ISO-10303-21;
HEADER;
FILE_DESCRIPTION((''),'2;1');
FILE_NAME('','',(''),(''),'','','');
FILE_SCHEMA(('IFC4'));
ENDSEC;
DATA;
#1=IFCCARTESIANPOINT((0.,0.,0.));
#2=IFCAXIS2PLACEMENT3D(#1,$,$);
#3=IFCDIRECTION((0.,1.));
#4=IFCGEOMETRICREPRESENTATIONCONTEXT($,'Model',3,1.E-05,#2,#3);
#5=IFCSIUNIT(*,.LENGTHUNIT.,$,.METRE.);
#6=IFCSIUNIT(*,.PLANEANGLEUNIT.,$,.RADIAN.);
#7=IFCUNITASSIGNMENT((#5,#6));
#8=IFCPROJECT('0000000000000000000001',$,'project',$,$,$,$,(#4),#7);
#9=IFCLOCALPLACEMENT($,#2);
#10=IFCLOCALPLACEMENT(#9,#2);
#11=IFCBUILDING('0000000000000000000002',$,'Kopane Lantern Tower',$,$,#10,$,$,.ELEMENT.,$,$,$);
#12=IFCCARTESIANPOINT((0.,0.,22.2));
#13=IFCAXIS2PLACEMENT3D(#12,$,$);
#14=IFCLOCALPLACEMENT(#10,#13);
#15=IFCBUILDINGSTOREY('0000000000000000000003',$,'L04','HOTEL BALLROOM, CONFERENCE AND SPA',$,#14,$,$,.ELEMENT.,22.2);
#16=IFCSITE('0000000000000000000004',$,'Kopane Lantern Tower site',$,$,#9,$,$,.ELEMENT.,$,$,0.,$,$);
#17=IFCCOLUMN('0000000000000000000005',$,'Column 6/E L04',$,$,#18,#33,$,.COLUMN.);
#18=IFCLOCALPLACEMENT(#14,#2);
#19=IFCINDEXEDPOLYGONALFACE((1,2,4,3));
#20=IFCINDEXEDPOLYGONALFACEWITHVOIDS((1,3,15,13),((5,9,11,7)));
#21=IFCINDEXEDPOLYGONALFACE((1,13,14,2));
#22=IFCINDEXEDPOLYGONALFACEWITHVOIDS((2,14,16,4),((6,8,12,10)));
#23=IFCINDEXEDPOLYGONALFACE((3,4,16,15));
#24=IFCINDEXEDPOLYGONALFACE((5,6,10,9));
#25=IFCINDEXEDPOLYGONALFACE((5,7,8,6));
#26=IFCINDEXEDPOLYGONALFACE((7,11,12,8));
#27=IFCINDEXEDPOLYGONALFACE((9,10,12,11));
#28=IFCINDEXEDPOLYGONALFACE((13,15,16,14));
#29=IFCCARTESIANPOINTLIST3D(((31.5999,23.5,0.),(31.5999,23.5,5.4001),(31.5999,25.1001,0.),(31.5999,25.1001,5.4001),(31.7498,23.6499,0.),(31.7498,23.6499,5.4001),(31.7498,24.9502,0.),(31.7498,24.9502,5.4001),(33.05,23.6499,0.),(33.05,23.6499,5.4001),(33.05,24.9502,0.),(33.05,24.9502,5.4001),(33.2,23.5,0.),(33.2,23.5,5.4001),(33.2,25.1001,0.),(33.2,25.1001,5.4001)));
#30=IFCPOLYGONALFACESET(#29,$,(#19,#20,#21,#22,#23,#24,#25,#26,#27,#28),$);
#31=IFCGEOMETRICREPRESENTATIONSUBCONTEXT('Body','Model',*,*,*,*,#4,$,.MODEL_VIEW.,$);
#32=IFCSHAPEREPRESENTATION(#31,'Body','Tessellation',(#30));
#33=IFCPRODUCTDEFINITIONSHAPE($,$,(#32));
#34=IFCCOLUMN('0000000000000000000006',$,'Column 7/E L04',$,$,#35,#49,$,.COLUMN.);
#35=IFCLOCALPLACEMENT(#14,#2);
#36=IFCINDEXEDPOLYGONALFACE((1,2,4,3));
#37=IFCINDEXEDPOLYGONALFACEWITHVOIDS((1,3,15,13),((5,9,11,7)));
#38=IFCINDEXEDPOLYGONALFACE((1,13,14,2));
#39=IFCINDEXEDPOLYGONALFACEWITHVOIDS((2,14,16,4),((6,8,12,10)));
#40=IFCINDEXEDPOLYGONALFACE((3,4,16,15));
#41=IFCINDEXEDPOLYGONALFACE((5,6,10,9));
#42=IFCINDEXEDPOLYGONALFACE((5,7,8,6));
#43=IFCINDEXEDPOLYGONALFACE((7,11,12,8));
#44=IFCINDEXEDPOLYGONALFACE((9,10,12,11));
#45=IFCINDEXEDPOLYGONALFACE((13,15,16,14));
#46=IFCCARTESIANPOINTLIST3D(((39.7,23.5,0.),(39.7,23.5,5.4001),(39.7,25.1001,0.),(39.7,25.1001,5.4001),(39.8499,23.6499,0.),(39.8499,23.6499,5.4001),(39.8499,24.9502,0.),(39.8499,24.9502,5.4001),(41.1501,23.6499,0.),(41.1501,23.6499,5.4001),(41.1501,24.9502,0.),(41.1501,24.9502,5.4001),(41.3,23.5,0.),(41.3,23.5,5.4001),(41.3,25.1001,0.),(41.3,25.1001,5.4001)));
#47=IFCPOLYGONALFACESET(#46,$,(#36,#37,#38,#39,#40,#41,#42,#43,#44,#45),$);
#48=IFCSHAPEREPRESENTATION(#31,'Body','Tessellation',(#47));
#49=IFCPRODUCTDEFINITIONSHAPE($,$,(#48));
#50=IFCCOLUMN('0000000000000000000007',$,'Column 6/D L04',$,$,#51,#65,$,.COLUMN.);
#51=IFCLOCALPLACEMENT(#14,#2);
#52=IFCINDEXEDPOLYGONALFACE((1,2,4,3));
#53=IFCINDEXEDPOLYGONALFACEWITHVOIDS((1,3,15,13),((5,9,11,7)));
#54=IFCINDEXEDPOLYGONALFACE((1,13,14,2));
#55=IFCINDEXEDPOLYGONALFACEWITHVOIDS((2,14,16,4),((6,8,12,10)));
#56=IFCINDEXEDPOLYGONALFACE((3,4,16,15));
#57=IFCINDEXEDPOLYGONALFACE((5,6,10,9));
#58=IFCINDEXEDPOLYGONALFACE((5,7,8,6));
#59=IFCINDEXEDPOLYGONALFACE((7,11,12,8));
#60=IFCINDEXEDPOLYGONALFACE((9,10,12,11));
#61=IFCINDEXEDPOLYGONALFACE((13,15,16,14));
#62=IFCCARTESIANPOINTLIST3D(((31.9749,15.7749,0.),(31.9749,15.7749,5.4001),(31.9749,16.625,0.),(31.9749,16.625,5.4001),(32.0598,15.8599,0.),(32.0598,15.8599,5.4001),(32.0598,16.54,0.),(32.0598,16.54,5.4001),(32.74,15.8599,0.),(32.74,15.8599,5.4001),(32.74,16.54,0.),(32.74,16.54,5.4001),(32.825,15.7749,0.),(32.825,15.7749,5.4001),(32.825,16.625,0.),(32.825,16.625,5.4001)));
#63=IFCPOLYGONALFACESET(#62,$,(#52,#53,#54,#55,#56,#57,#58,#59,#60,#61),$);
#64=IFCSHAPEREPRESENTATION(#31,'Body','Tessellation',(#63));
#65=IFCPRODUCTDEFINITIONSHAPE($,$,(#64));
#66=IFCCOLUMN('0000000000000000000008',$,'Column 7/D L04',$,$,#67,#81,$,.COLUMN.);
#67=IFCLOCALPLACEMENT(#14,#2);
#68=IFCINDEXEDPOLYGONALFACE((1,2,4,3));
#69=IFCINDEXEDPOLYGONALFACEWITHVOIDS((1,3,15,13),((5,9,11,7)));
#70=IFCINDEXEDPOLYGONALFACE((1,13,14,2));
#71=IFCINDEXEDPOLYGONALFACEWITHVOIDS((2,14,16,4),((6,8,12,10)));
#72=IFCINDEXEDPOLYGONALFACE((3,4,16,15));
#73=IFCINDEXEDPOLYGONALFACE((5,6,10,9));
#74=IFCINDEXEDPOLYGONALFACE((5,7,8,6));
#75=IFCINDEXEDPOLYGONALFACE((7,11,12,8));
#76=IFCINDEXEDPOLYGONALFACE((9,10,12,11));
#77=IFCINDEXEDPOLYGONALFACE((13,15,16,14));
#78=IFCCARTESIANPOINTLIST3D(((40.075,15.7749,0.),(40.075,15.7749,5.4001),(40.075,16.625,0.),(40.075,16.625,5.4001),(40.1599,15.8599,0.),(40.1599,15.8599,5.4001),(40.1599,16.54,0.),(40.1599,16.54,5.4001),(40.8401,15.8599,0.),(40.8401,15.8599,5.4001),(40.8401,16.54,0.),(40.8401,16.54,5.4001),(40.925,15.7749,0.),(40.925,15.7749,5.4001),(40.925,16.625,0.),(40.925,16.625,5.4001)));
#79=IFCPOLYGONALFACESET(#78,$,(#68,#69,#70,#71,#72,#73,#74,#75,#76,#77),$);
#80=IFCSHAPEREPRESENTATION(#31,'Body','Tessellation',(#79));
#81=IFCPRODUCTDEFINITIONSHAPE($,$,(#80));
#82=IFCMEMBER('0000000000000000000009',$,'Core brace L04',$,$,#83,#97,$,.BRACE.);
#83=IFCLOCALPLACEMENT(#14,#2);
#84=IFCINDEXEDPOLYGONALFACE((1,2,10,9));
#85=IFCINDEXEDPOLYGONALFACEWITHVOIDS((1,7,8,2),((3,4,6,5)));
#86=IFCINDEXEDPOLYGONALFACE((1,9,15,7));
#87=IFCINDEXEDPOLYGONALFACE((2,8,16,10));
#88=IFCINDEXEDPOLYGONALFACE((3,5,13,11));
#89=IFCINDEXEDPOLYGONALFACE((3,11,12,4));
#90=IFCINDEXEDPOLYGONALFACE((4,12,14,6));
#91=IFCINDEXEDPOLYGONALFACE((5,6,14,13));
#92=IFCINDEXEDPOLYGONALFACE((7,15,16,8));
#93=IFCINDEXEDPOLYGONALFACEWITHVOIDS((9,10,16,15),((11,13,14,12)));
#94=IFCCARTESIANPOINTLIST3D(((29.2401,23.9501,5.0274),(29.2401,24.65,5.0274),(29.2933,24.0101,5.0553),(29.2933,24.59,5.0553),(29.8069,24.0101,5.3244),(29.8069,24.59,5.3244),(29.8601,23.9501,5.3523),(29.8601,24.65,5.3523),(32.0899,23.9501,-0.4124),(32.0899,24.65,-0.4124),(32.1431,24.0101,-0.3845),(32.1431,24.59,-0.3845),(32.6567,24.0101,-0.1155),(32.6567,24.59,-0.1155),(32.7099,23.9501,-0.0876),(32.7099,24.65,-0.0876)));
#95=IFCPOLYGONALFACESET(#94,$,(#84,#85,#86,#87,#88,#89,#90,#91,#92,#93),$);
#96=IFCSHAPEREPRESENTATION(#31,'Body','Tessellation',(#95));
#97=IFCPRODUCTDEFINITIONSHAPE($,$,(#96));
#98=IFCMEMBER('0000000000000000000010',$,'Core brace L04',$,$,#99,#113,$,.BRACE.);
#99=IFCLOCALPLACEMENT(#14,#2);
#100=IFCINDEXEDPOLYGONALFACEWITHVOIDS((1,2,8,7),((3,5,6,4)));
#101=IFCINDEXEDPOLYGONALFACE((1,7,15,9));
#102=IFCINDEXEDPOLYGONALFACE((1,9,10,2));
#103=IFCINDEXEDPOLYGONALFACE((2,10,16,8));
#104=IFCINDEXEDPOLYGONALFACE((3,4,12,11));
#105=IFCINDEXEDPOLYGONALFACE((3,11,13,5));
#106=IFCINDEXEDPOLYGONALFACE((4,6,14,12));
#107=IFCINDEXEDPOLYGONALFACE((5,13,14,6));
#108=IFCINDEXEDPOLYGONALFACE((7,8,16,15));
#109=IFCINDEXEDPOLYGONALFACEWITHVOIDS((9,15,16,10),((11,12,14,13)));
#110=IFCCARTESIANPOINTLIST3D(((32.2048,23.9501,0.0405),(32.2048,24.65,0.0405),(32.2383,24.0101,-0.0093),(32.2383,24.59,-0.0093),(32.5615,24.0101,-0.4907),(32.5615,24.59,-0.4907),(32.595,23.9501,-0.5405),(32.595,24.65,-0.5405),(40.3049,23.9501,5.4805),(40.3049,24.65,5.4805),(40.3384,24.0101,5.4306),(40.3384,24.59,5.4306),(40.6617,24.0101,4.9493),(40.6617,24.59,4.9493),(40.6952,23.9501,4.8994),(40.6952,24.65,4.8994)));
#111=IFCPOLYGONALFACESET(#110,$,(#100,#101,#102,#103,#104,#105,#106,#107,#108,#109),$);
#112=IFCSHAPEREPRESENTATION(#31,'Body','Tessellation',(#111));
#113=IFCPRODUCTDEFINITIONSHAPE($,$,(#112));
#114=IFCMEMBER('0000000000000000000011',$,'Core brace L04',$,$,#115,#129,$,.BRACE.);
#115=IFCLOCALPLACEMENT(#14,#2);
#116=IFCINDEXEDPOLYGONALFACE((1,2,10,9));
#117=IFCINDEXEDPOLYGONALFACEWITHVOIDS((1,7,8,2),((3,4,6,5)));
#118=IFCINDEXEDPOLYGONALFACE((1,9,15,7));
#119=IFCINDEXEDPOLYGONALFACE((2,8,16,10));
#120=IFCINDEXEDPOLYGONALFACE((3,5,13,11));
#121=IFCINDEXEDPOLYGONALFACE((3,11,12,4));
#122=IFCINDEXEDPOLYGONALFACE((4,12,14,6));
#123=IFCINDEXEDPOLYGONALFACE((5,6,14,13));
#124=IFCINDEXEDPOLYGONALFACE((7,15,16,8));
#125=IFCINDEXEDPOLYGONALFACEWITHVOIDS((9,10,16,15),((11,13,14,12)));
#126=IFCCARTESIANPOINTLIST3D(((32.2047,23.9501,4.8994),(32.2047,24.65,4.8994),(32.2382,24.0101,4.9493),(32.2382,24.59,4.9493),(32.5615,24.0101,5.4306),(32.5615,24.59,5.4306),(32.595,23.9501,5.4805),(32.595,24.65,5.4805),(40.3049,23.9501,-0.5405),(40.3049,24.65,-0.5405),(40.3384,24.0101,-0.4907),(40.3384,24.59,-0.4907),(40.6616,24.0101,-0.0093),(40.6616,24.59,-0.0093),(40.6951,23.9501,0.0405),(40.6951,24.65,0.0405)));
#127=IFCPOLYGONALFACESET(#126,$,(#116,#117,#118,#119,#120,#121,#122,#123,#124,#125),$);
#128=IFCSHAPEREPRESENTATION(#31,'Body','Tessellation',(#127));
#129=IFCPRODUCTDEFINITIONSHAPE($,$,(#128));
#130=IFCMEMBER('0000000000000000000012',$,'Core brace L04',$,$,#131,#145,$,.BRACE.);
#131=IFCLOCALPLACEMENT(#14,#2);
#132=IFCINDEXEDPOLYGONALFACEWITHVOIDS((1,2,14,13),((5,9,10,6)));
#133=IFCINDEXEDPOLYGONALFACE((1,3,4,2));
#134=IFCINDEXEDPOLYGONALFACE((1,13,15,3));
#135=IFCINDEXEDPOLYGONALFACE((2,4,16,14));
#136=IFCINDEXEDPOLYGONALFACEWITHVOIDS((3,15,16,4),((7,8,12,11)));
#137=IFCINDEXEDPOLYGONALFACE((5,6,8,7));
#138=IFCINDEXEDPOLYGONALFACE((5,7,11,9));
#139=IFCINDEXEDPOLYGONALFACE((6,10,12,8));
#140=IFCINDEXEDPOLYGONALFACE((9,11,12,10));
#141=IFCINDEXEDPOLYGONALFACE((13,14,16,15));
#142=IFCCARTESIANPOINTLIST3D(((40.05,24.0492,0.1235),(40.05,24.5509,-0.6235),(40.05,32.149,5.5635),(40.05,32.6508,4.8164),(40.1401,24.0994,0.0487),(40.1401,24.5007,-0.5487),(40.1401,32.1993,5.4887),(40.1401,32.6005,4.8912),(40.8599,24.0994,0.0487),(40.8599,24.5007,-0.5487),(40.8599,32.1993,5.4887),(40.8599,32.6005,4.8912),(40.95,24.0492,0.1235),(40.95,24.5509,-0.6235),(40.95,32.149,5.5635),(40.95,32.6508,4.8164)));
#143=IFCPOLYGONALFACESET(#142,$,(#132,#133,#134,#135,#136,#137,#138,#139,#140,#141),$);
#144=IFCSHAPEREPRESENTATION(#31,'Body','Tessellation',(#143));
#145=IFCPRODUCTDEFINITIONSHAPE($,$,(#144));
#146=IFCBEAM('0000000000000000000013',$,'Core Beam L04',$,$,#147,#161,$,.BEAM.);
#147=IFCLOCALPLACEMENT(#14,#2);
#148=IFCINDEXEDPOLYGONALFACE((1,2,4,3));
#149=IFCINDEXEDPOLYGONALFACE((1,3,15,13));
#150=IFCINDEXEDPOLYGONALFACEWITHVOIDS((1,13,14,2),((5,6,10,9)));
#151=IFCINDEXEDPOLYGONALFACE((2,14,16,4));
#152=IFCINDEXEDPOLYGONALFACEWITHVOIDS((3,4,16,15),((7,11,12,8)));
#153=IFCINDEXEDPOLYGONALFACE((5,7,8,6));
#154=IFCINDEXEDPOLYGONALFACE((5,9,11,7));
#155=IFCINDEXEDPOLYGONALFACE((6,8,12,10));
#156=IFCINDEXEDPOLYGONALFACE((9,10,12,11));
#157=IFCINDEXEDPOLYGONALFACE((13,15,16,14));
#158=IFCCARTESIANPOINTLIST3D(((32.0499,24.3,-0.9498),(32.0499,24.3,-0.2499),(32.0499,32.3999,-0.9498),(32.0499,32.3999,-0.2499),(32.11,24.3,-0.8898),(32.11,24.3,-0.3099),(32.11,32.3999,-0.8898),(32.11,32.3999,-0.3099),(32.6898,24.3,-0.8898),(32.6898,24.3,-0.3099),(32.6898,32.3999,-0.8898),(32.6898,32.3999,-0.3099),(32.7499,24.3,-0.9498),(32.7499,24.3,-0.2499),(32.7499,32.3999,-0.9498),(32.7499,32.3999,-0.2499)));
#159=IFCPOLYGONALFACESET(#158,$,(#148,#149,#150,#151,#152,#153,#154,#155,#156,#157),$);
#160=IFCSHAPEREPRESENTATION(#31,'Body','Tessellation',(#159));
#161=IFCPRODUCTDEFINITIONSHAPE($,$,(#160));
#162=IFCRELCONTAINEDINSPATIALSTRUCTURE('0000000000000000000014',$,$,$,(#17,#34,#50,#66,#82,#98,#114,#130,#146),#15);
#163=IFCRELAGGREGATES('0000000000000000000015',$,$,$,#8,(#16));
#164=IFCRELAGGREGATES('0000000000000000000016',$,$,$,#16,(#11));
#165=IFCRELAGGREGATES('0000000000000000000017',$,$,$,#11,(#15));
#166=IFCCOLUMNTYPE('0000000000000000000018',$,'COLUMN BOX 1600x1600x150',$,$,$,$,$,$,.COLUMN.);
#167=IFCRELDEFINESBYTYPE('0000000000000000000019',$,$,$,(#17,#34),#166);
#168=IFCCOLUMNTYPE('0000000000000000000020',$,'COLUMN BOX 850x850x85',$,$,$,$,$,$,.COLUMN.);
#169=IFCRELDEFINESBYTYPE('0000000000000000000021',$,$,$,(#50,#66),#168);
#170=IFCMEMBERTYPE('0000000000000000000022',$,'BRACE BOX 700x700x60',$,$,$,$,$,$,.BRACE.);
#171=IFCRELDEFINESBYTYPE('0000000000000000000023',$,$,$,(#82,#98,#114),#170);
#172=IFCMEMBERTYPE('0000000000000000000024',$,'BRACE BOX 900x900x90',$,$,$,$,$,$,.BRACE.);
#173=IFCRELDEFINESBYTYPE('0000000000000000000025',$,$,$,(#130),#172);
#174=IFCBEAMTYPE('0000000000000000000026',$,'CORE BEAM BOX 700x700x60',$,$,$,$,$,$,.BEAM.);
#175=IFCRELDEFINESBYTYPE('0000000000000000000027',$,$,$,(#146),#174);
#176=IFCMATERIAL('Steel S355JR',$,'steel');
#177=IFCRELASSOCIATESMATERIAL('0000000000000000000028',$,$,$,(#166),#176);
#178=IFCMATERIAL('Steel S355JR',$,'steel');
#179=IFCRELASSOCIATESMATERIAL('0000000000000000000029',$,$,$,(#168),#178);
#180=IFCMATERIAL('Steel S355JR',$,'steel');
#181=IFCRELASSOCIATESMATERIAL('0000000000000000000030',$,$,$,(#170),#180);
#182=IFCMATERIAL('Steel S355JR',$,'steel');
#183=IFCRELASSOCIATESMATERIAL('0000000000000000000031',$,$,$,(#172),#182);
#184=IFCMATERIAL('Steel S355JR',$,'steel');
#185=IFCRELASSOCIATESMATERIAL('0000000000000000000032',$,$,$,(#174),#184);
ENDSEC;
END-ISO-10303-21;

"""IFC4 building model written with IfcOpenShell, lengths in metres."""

from ifc_helpers import new_model, si_unit, direction, frame, origin, origin_2d, place, context, subcontext, project, spatial, hollow_rectangle, extrude, material, material_profile, profile_set, type_object, element, save


model = new_model("IFC4")

# Units and contexts
model_context = context("Model", 3, precision=1e-05, world=origin(), true_north=direction((0.0, 1.0)))
body_context = subcontext(model_context, "Body", "Model", "MODEL_VIEW")
ifc_project = project(units=[si_unit("LENGTHUNIT", "METRE"), si_unit("PLANEANGLEUNIT", "RADIAN")], contexts=[model_context])

# Site, building, storey
site_placement = place(None, origin())
site = spatial("IfcSite", under=ifc_project, at=site_placement, Name="Kopane Lantern Tower site", CompositionType="ELEMENT", RefElevation=0.0)
building_placement = place(site_placement, origin())
building = spatial("IfcBuilding", under=site, at=building_placement, Name="Kopane Lantern Tower", CompositionType="ELEMENT")
storey_placement = place(building_placement, frame((0.0, 0.0, 22.2)))
storey = spatial("IfcBuildingStorey", under=building, at=storey_placement, Name="L04", Description="HOTEL BALLROOM, CONFERENCE AND SPA", CompositionType="ELEMENT", Elevation=22.2)

# Columns
ifc_material_1 = material(Name="Steel S355JR", Category="steel")
ifc_material_profile_1 = material_profile(ifc_material_1, hollow_rectangle(XDim=1.6001, YDim=1.6001, WallThickness=0.1499, at=origin_2d()), Name="BOX 1600x1600x150")
ifc_profile_set_1 = profile_set([ifc_material_profile_1], Name="Steel S355JR")
column_type_1 = type_object("IfcColumnType", Name="COLUMN BOX 1600x1600x150", PredefinedType="COLUMN", material=ifc_profile_set_1)
for number, where, z_axis, x_axis, name in (
    (1, (32.3999, 24.3, 0.0), (0.0, 0.0, 1.0), (1.0, 0.0, 0.0), "Column 6/E L04"),
    (2, (40.5, 24.3, 0.0), (0.0, 0.0, 1.0), (1.0, 0.0, 0.0), "Column 7/E L04"),
):
    element("IfcColumn", number, at=place(storey_placement, frame(where, z_axis=z_axis, x_axis=x_axis)), inside=storey, type_object=column_type_1, Name=name, PredefinedType="COLUMN", context=body_context, shape_type="SweptSolid", body=[
        extrude(hollow_rectangle(XDim=1.6001, YDim=1.6001, WallThickness=0.1499, at=origin_2d()), origin(), (0.0, 0.0, 1.0), 5.4001),
    ])
ifc_material_2 = material(Name="Steel S355JR", Category="steel")
ifc_material_profile_2 = material_profile(ifc_material_2, hollow_rectangle(XDim=0.8501, YDim=0.8501, WallThickness=0.085, at=origin_2d()), Name="BOX 850x850x85")
ifc_profile_set_2 = profile_set([ifc_material_profile_2], Name="Steel S355JR")
column_type_2 = type_object("IfcColumnType", Name="COLUMN BOX 850x850x85", PredefinedType="COLUMN", material=ifc_profile_set_2)
for number, where, z_axis, x_axis, name in (
    (3, (32.3999, 16.2, 0.0), (0.0, 0.0, 1.0), (1.0, 0.0, 0.0), "Column 6/D L04"),
    (4, (40.5, 16.2, 0.0), (0.0, 0.0, 1.0), (1.0, 0.0, 0.0), "Column 7/D L04"),
):
    element("IfcColumn", number, at=place(storey_placement, frame(where, z_axis=z_axis, x_axis=x_axis)), inside=storey, type_object=column_type_2, Name=name, PredefinedType="COLUMN", context=body_context, shape_type="SweptSolid", body=[
        extrude(hollow_rectangle(XDim=0.8501, YDim=0.8501, WallThickness=0.085, at=origin_2d()), origin(), (0.0, 0.0, 1.0), 5.4001),
    ])

# Members
ifc_material_3 = material(Name="Steel S355JR", Category="steel")
ifc_material_profile_3 = material_profile(ifc_material_3, hollow_rectangle(XDim=0.7, YDim=0.7, WallThickness=0.0601, at=origin_2d()), Name="BOX 700x700x60")
ifc_profile_set_3 = profile_set([ifc_material_profile_3], Name="Steel S355JR")
member_type_1 = type_object("IfcMemberType", Name="BRACE BOX 700x700x60", PredefinedType="BRACE", material=ifc_profile_set_3)
member_1_placement = place(storey_placement, frame((32.3999, 24.3, -0.25), z_axis=(-0.464053, 0.0, 0.885807), x_axis=(0.0, -1.0, 0.0)))
element("IfcMember", 5, at=member_1_placement, inside=storey, type_object=member_type_1, Name="Core brace L04", PredefinedType="BRACE", context=body_context, shape_type="SweptSolid", body=[
    extrude(hollow_rectangle(XDim=0.7, YDim=0.7, WallThickness=0.0601, at=origin_2d()), origin(), (0.0, 0.0, 1.0), 6.1411),
])
for number, where, z_axis, x_axis, name in (
    (6, (32.3999, 24.3, -0.25), (0.830159, 0.0, 0.557526), (0.0, 1.0, 0.0), "Core brace L04"),
    (7, (40.5, 24.3, -0.25), (-0.830159, 0.0, 0.557526), (0.0, -1.0, 0.0), "Core brace L04"),
):
    element("IfcMember", number, at=place(storey_placement, frame(where, z_axis=z_axis, x_axis=x_axis)), inside=storey, type_object=member_type_1, Name=name, PredefinedType="BRACE", context=body_context, shape_type="SweptSolid", body=[
        extrude(hollow_rectangle(XDim=0.7, YDim=0.7, WallThickness=0.0601, at=origin_2d()), origin(), (0.0, 0.0, 1.0), 9.7573),
    ])
ifc_material_4 = material(Name="Steel S355JR", Category="steel")
ifc_material_profile_4 = material_profile(ifc_material_4, hollow_rectangle(XDim=0.8999, YDim=0.8999, WallThickness=0.0901, at=origin_2d()), Name="BOX 900x900x90")
ifc_profile_set_4 = profile_set([ifc_material_profile_4], Name="Steel S355JR")
member_type_2 = type_object("IfcMemberType", Name="BRACE BOX 900x900x90", PredefinedType="BRACE", material=ifc_profile_set_4)
member_2_placement = place(storey_placement, frame((40.5, 24.3, -0.25), z_axis=(0.0, 0.830151, 0.557538), x_axis=(-1.0, 0.0, 0.0)))
element("IfcMember", 8, at=member_2_placement, inside=storey, type_object=member_type_2, Name="Core brace L04", PredefinedType="BRACE", context=body_context, shape_type="SweptSolid", body=[
    extrude(hollow_rectangle(XDim=0.8999, YDim=0.8999, WallThickness=0.0901, at=origin_2d()), origin(), (0.0, 0.0, 1.0), 9.7571),
])

# Beam
ifc_material_5 = material(Name="Steel S355JR", Category="steel")
ifc_material_profile_5 = material_profile(ifc_material_5, hollow_rectangle(XDim=0.7, YDim=0.7, WallThickness=0.0601, at=origin_2d()), Name="BOX 700x700x60")
ifc_profile_set_5 = profile_set([ifc_material_profile_5], Name="Steel S355JR")
beam_type_1 = type_object("IfcBeamType", Name="CORE BEAM BOX 700x700x60", PredefinedType="BEAM", material=ifc_profile_set_5)
beam_1_placement = place(storey_placement, frame((32.3999, 24.3, -0.5999), z_axis=(0.0, 1.0, 0.0), x_axis=(-1.0, 0.0, 0.0)))
element("IfcBeam", 9, at=beam_1_placement, inside=storey, type_object=beam_type_1, Name="Core Beam L04", PredefinedType="BEAM", context=body_context, shape_type="SweptSolid", body=[
    extrude(hollow_rectangle(XDim=0.7, YDim=0.7, WallThickness=0.0601, at=origin_2d()), origin(), (0.0, 0.0, 1.0), 8.0999),
])

save(model, "model.ifc")
